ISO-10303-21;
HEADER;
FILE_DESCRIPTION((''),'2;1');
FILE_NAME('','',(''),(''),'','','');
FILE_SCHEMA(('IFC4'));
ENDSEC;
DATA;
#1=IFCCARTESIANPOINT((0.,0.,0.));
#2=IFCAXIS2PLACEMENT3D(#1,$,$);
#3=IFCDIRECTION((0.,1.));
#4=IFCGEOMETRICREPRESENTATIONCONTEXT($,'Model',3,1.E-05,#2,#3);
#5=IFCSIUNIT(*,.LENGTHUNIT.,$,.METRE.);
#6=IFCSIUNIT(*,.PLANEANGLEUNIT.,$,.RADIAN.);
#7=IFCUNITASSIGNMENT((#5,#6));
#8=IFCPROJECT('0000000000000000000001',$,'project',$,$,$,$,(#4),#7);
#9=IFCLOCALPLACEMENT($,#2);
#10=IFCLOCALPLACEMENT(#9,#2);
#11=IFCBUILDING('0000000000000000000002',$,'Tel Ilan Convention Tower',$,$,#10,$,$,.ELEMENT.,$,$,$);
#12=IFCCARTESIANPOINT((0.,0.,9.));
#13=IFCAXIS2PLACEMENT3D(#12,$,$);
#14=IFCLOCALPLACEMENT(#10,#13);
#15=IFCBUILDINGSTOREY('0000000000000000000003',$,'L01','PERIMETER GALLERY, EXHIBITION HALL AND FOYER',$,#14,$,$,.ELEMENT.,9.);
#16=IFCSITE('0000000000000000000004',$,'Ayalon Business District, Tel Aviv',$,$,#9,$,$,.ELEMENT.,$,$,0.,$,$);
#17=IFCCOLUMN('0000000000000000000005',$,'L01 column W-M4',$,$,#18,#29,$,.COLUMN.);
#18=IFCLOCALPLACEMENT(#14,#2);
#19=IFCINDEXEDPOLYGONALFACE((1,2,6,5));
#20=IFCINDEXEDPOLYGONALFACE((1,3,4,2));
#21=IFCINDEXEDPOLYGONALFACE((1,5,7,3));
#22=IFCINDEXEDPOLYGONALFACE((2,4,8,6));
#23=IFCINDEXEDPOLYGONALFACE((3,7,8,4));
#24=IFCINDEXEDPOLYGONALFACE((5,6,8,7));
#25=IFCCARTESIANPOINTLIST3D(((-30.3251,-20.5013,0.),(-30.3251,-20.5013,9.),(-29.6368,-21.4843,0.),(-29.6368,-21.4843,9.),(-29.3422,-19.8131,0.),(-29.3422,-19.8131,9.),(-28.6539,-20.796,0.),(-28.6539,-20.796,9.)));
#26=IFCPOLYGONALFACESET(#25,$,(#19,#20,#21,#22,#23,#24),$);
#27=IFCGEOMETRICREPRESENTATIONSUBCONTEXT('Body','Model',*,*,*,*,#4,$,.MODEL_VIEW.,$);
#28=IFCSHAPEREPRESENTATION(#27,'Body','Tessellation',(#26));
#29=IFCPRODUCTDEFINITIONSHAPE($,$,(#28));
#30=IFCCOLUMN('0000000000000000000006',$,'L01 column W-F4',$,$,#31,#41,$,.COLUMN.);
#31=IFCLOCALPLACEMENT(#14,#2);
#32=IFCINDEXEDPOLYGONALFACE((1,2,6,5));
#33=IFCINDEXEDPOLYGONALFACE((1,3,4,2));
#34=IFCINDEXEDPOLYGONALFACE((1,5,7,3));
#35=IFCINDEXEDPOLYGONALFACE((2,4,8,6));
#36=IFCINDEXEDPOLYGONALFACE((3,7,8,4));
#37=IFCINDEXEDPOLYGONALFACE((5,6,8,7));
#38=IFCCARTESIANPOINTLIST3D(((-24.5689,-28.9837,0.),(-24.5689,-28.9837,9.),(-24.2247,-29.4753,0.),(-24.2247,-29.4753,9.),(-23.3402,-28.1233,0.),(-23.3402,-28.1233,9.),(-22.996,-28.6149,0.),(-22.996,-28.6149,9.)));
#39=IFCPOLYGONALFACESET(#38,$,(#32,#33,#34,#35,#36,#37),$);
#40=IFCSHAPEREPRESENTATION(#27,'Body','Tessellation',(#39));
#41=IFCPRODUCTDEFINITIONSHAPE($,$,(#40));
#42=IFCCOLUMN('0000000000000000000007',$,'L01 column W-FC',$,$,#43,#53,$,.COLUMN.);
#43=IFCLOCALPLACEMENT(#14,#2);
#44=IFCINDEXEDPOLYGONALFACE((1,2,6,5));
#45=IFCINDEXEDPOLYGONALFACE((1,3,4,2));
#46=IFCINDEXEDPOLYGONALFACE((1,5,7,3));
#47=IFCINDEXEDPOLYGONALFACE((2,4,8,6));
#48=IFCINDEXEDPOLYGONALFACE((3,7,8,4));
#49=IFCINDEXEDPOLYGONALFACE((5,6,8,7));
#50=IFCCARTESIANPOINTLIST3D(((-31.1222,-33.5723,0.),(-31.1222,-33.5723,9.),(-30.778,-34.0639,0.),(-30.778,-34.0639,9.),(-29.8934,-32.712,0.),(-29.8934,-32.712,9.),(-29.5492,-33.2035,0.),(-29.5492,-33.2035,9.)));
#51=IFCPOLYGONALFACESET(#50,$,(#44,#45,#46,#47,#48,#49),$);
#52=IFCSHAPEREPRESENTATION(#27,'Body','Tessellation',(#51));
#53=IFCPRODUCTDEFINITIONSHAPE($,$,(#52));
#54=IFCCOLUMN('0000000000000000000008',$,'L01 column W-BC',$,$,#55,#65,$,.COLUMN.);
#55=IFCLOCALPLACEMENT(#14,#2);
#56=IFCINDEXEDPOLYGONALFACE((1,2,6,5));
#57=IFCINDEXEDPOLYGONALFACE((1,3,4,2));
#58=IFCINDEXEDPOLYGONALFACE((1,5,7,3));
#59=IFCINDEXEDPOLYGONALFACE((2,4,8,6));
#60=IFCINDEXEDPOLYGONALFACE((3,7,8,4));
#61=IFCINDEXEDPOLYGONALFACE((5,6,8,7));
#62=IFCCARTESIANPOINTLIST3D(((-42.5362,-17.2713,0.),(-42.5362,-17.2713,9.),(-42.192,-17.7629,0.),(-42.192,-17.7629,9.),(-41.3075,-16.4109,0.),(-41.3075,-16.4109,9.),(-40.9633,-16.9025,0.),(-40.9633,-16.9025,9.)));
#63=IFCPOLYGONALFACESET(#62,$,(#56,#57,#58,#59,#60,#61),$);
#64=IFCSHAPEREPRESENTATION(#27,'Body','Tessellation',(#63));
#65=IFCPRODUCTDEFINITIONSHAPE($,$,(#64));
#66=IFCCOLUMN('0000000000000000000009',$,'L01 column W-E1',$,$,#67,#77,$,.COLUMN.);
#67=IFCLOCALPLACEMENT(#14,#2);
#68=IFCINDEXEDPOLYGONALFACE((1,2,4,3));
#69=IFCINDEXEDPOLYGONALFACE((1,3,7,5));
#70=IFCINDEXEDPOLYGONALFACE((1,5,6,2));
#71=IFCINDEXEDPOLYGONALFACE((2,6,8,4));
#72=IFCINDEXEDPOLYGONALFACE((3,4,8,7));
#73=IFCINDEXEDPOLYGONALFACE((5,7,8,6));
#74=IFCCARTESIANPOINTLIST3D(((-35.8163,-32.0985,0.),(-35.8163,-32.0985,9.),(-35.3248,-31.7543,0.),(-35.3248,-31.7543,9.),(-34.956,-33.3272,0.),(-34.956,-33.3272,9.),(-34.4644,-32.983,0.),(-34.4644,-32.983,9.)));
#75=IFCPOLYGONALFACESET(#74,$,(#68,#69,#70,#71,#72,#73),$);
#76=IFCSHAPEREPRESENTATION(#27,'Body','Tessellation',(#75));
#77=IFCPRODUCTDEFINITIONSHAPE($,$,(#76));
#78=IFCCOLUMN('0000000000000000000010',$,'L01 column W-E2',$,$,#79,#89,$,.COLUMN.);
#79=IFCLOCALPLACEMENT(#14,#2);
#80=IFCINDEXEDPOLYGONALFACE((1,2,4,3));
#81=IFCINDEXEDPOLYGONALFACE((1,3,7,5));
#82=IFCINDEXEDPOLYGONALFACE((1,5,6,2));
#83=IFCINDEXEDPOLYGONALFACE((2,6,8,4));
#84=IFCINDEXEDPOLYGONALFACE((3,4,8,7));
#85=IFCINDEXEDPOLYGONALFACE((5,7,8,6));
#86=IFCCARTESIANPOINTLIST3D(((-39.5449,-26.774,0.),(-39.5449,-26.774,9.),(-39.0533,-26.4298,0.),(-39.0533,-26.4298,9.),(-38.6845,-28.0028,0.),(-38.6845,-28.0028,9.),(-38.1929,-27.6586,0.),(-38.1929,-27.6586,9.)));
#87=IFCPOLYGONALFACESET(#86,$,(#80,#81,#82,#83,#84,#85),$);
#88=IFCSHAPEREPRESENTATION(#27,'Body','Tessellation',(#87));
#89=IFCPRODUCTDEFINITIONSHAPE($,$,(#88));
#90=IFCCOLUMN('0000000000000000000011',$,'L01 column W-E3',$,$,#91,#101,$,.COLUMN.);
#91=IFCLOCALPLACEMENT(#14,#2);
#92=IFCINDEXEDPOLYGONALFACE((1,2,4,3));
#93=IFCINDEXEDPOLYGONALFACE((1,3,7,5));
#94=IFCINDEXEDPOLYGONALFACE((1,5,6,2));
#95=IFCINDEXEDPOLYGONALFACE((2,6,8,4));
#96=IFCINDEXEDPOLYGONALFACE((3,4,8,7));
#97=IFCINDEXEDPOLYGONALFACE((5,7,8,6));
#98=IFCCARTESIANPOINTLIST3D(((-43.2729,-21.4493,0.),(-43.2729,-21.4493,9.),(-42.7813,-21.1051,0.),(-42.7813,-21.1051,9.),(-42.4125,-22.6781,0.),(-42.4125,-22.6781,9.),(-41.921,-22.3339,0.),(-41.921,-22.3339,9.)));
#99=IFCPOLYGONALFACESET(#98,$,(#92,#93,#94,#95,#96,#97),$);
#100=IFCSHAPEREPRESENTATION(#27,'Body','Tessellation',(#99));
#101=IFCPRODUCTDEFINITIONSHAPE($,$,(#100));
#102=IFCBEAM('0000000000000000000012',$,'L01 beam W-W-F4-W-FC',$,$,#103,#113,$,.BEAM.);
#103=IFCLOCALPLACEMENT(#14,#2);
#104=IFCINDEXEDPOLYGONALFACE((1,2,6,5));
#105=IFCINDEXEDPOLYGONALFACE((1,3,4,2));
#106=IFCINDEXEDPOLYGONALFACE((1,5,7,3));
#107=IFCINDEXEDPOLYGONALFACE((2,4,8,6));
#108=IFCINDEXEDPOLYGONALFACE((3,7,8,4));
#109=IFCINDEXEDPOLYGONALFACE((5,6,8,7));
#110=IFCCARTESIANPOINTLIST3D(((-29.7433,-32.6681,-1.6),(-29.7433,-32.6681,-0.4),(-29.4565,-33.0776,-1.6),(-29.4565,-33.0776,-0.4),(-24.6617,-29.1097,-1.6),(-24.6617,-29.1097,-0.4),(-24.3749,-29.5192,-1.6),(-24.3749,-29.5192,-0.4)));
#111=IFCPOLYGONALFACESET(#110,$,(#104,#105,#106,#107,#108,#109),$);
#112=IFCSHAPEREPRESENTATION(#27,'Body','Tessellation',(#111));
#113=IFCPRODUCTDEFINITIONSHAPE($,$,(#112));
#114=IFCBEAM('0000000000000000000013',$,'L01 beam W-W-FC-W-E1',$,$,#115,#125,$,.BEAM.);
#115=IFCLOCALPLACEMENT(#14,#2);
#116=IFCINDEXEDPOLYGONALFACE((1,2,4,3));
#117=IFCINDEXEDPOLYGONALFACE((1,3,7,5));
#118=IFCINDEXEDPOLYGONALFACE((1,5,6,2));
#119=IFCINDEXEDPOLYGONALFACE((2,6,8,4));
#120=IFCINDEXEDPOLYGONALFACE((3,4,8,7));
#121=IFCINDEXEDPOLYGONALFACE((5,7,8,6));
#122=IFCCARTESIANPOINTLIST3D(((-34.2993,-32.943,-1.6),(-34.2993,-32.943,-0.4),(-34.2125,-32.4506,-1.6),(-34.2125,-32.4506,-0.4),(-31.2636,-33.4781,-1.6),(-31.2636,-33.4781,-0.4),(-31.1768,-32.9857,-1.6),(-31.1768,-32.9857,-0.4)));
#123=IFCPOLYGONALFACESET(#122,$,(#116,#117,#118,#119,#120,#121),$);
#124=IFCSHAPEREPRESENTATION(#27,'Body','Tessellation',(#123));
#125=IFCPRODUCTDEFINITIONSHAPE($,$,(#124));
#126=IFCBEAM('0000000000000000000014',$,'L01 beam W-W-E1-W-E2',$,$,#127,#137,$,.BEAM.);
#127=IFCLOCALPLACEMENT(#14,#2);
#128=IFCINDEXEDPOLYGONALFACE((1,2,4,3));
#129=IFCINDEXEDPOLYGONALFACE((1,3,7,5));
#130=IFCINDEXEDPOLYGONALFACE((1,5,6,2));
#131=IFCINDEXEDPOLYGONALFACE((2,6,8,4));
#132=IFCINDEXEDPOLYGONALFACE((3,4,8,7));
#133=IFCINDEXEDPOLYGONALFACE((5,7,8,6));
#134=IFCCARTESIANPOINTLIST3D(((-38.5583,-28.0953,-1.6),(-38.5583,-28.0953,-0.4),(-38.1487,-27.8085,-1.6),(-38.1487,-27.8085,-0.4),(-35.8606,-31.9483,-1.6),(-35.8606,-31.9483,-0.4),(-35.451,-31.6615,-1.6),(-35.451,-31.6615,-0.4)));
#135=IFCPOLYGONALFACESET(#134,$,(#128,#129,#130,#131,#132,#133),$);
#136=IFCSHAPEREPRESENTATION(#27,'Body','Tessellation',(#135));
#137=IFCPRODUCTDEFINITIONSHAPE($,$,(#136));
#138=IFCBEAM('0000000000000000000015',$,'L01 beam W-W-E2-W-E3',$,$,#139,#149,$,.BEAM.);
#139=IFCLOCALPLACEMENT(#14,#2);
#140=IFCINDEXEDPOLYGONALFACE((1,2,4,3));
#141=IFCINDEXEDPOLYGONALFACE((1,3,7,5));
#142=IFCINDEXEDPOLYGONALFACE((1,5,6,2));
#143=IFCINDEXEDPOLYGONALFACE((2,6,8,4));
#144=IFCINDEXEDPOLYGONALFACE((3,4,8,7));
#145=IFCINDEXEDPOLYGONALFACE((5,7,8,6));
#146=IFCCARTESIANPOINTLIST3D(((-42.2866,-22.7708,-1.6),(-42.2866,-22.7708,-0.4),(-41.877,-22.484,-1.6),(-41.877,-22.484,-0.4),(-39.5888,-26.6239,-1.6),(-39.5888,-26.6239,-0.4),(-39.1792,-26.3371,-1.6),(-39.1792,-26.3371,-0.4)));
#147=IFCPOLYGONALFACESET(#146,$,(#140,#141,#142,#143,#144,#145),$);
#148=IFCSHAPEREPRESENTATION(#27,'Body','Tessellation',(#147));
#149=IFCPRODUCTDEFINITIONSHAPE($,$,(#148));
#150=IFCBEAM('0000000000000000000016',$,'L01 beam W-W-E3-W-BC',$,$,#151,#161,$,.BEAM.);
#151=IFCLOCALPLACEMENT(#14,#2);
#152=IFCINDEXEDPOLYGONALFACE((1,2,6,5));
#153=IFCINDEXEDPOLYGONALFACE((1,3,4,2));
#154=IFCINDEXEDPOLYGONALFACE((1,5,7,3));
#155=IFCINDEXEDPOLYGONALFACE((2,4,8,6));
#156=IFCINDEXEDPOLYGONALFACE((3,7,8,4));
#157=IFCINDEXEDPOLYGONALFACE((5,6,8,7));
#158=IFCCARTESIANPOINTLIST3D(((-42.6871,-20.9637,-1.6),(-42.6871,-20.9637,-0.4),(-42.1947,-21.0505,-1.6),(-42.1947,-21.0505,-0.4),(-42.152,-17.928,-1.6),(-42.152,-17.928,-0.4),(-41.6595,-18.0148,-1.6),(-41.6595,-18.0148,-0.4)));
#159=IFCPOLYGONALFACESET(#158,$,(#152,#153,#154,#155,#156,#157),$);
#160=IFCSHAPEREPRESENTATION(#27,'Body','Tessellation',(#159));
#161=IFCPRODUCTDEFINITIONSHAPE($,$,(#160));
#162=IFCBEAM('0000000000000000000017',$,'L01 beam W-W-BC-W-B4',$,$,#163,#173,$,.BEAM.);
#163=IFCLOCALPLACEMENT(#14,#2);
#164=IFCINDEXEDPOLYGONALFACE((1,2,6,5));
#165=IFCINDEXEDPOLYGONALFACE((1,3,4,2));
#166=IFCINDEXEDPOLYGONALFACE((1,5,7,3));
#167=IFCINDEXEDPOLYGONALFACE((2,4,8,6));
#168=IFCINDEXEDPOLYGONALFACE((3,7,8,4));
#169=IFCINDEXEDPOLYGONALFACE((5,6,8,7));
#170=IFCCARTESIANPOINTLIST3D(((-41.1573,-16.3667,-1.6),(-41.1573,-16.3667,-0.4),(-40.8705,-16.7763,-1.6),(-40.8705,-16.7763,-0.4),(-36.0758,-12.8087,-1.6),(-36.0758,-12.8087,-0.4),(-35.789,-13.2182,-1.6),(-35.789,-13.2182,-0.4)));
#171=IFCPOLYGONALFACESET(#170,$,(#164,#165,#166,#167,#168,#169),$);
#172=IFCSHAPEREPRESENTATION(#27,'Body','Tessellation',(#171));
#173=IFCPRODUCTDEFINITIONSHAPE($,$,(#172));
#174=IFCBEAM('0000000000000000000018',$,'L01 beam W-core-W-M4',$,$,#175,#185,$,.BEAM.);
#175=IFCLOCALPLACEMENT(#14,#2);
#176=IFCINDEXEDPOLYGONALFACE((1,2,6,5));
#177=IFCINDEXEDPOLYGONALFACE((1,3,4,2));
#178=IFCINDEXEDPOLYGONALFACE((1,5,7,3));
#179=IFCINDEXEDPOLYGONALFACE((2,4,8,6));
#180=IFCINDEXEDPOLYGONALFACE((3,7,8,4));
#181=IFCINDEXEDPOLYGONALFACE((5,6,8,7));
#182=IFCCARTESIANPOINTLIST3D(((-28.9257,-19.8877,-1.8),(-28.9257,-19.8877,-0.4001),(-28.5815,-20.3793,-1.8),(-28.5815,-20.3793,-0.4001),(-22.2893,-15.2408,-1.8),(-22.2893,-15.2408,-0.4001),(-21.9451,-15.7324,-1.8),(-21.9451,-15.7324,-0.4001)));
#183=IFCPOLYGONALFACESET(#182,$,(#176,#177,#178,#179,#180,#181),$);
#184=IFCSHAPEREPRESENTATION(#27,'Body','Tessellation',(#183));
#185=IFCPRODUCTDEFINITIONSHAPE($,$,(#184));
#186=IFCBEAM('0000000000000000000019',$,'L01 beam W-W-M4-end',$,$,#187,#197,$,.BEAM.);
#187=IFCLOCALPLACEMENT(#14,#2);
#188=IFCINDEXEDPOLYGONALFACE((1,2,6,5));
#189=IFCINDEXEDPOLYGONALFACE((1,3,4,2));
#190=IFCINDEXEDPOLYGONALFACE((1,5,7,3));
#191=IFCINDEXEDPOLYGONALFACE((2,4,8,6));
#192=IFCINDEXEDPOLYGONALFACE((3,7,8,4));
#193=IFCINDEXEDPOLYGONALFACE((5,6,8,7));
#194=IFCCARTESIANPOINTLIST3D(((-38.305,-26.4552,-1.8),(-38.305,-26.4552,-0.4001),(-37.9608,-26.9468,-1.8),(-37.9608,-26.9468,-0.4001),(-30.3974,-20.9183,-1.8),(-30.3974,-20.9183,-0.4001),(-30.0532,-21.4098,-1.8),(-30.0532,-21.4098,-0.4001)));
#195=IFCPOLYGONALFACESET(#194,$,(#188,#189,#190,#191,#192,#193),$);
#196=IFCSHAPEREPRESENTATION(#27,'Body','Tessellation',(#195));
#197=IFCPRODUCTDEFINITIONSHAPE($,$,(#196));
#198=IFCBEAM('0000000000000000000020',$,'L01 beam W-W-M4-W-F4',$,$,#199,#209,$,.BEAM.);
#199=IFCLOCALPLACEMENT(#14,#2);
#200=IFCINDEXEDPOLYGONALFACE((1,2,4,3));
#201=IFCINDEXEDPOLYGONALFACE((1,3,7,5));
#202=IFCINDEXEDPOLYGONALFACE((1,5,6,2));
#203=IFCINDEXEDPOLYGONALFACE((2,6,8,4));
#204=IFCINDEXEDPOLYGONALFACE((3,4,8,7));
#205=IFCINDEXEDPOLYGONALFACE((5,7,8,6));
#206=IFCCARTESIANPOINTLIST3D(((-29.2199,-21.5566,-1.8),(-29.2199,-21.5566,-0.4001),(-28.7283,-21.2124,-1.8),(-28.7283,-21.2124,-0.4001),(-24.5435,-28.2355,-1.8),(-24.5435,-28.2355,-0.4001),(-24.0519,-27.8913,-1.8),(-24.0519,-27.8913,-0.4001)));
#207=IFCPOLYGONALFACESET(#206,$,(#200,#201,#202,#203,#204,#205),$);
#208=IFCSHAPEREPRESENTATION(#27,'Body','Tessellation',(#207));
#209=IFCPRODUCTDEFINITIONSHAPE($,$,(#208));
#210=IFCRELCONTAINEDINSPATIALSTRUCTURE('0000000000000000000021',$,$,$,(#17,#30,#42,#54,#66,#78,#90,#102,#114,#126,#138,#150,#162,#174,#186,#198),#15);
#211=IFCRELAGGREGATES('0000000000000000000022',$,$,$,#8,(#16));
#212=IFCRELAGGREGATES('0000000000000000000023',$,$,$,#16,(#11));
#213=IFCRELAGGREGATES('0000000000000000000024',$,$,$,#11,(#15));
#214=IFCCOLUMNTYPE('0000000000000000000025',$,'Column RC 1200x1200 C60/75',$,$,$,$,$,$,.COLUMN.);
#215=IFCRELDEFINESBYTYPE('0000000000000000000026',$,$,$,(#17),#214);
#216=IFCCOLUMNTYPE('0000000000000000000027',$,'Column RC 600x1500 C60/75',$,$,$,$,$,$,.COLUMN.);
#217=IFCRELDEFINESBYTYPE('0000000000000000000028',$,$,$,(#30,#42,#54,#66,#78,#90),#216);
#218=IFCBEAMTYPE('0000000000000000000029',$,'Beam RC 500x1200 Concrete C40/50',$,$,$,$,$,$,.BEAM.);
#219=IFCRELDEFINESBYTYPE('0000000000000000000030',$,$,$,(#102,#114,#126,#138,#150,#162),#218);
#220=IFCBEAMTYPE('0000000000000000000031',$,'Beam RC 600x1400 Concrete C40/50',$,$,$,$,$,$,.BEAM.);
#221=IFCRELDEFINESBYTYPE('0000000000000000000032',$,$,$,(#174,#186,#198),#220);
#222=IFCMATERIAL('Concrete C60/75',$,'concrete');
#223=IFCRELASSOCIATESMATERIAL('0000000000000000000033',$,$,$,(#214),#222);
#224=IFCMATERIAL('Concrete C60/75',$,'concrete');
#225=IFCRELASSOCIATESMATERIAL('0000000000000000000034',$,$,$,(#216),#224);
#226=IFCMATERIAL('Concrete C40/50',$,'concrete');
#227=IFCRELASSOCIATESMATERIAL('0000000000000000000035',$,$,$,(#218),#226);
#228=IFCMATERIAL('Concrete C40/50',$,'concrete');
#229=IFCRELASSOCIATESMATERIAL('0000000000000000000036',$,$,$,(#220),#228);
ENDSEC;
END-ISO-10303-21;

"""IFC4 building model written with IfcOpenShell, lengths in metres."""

from ifc_helpers import new_model, si_unit, direction, frame, origin, origin_2d, place, context, subcontext, project, spatial, rectangle, extrude, material, material_profile, profile_set, type_object, element, save


model = new_model("IFC4")

# Units and contexts
model_context = context("Model", 3, precision=1e-05, world=origin(), true_north=direction((0.0, 1.0)))
body_context = subcontext(model_context, "Body", "Model", "MODEL_VIEW")
ifc_project = project(units=[si_unit("LENGTHUNIT", "METRE"), si_unit("PLANEANGLEUNIT", "RADIAN")], contexts=[model_context])

# Site, building, storey
site_placement = place(None, origin())
site = spatial("IfcSite", under=ifc_project, at=site_placement, Name="Ayalon Business District, Tel Aviv", CompositionType="ELEMENT", RefElevation=0.0)
building_placement = place(site_placement, origin())
building = spatial("IfcBuilding", under=site, at=building_placement, Name="Tel Ilan Convention Tower", CompositionType="ELEMENT")
storey_placement = place(building_placement, frame((0.0, 0.0, 9.0)))
storey = spatial("IfcBuildingStorey", under=building, at=storey_placement, Name="L01", Description="PERIMETER GALLERY, EXHIBITION HALL AND FOYER", CompositionType="ELEMENT", Elevation=9.0)

# Columns
ifc_material_1 = material(Name="Concrete C60/75", Category="concrete")
ifc_material_profile_1 = material_profile(ifc_material_1, rectangle(XDim=1.2, YDim=1.2, at=origin_2d()), Name="RC 1200x1200")
ifc_profile_set_1 = profile_set([ifc_material_profile_1], Name="Concrete C60/75")
column_type_1 = type_object("IfcColumnType", Name="Column RC 1200x1200 C60/75", PredefinedType="COLUMN", material=ifc_profile_set_1)
column_placement = place(storey_placement, frame((-29.4895, -20.6487, 0.0), z_axis=(0.0, 0.0, 1.0), x_axis=(-0.819152, -0.573576, 0.0)))
element("IfcColumn", 1, at=column_placement, inside=storey, type_object=column_type_1, Name="L01 column W-M4", PredefinedType="COLUMN", context=body_context, shape_type="SweptSolid", body=[
    extrude(rectangle(XDim=1.2, YDim=1.2, at=origin_2d()), origin(), (0.0, 0.0, 1.0), 9.0),
])
ifc_material_2 = material(Name="Concrete C60/75", Category="concrete")
ifc_material_profile_2 = material_profile(ifc_material_2, rectangle(XDim=1.5, YDim=0.6001, at=origin_2d()), Name="RC 600x1500")
ifc_profile_set_2 = profile_set([ifc_material_profile_2], Name="Concrete C60/75")
column_type_2 = type_object("IfcColumnType", Name="Column RC 600x1500 C60/75", PredefinedType="COLUMN", material=ifc_profile_set_2)
for number, where, z_axis, x_axis, name in (
    (2, (-23.7825, -28.7993, 0.0), (0.0, 0.0, 1.0), (-0.819152, -0.573576, 0.0), "L01 column W-F4"),
    (3, (-30.3357, -33.3879, 0.0), (0.0, 0.0, 1.0), (-0.819152, -0.573576, 0.0), "L01 column W-FC"),
    (4, (-41.7498, -17.0869, 0.0), (0.0, 0.0, 1.0), (-0.819152, -0.573576, 0.0), "L01 column W-BC"),
    (5, (-35.1404, -32.5408, 0.0), (0.0, 0.0, 1.0), (-0.573576, 0.819152, 0.0), "L01 column W-E1"),
    (6, (-38.8689, -27.2163, 0.0), (0.0, 0.0, 1.0), (-0.573576, 0.819152, 0.0), "L01 column W-E2"),
    (7, (-42.5969, -21.8916, 0.0), (0.0, 0.0, 1.0), (-0.573576, 0.819152, 0.0), "L01 column W-E3"),
):
    element("IfcColumn", number, at=place(storey_placement, frame(where, z_axis=z_axis, x_axis=x_axis)), inside=storey, type_object=column_type_2, Name=name, PredefinedType="COLUMN", context=body_context, shape_type="SweptSolid", body=[
        extrude(rectangle(XDim=1.5, YDim=0.6001, at=origin_2d()), origin(), (0.0, 0.0, 1.0), 9.0),
    ])

# Beams
ifc_material_3 = material(Name="Concrete C40/50", Category="concrete")
ifc_material_profile_3 = material_profile(ifc_material_3, rectangle(XDim=0.5, YDim=1.2, at=origin_2d()), Name="RC 500x1200")
ifc_profile_set_3 = profile_set([ifc_material_profile_3], Name="Concrete C40/50")
beam_type_1 = type_object("IfcBeamType", Name="Beam RC 500x1200 Concrete C40/50", PredefinedType="BEAM", material=ifc_profile_set_3)
beam_1_placement = place(storey_placement, frame((-24.5183, -29.3145, -1.0), z_axis=(-0.819136, -0.5736, 0.0), x_axis=(0.5736, -0.819136, 0.0)))
element("IfcBeam", 8, at=beam_1_placement, inside=storey, type_object=beam_type_1, Name="L01 beam W-W-F4-W-FC", PredefinedType="BEAM", context=body_context, shape_type="SweptSolid", body=[
    extrude(rectangle(XDim=0.5, YDim=1.2, at=origin_2d()), origin(), (0.0, 0.0, 1.0), 6.2036),
])
beam_2_placement = place(storey_placement, frame((-31.2202, -33.2319, -1.0), z_axis=(-0.984814, 0.173614, 0.0), x_axis=(-0.173614, -0.984814, 0.0)))
element("IfcBeam", 9, at=beam_2_placement, inside=storey, type_object=beam_type_1, Name="L01 beam W-W-FC-W-E1", PredefinedType="BEAM", context=body_context, shape_type="SweptSolid", body=[
    extrude(rectangle(XDim=0.5, YDim=1.2, at=origin_2d()), origin(), (0.0, 0.0, 1.0), 3.0825),
])
for number, where, z_axis, x_axis, name in (
    (10, (-35.6558, -31.8049, -1.0), (-0.573553, 0.819169, 0.0), (-0.819169, -0.573553, 0.0), "L01 beam W-W-E1-W-E2"),
    (11, (-39.384, -26.4805, -1.0), (-0.573553, 0.819169, 0.0), (-0.819169, -0.573553, 0.0), "L01 beam W-W-E2-W-E3"),
):
    element("IfcBeam", number, at=place(storey_placement, frame(where, z_axis=z_axis, x_axis=x_axis)), inside=storey, type_object=beam_type_1, Name=name, PredefinedType="BEAM", context=body_context, shape_type="SweptSolid", body=[
        extrude(rectangle(XDim=0.5, YDim=1.2, at=origin_2d()), origin(), (0.0, 0.0, 1.0), 4.7036),
    ])
beam_3_placement = place(storey_placement, frame((-42.4409, -21.0071, -1.0), z_axis=(0.173614, 0.984814, 0.0), x_axis=(-0.984814, 0.173614, 0.0)))
element("IfcBeam", 12, at=beam_3_placement, inside=storey, type_object=beam_type_1, Name="L01 beam W-W-E3-W-BC", PredefinedType="BEAM", context=body_context, shape_type="SweptSolid", body=[
    extrude(rectangle(XDim=0.5, YDim=1.2, at=origin_2d()), origin(), (0.0, 0.0, 1.0), 3.0825),
])
beam_4_placement = place(storey_placement, frame((-41.0139, -16.5715, -1.0), z_axis=(0.819154, 0.573573, 0.0), x_axis=(-0.573573, 0.819154, 0.0)))
element("IfcBeam", 13, at=beam_4_placement, inside=storey, type_object=beam_type_1, Name="L01 beam W-W-BC-W-B4", PredefinedType="BEAM", context=body_context, shape_type="SweptSolid", body=[
    extrude(rectangle(XDim=0.5, YDim=1.2, at=origin_2d()), origin(), (0.0, 0.0, 1.0), 6.2034),
])
ifc_material_4 = material(Name="Concrete C40/50", Category="concrete")
ifc_material_profile_4 = material_profile(ifc_material_4, rectangle(XDim=0.6001, YDim=1.3999, at=origin_2d()), Name="RC 600x1400")
ifc_profile_set_4 = profile_set([ifc_material_profile_4], Name="Concrete C40/50")
beam_type_2 = type_object("IfcBeamType", Name="Beam RC 600x1400 Concrete C40/50", PredefinedType="BEAM", material=ifc_profile_set_4)
beam_5_placement = place(storey_placement, frame((-22.1172, -15.4866, -1.1001), z_axis=(-0.819148, -0.573582, 0.0), x_axis=(0.573582, -0.819148, 0.0)))
element("IfcBeam", 14, at=beam_5_placement, inside=storey, type_object=beam_type_2, Name="L01 beam W-core-W-M4", PredefinedType="BEAM", context=body_context, shape_type="SweptSolid", body=[
    extrude(rectangle(XDim=0.6001, YDim=1.3999, at=origin_2d()), origin(), (0.0, 0.0, 1.0), 8.1016),
])
beam_6_placement = place(storey_placement, frame((-30.2253, -21.1641, -1.1001), z_axis=(-0.819152, -0.573576, 0.0), x_axis=(0.573576, -0.819152, 0.0)))
element("IfcBeam", 15, at=beam_6_placement, inside=storey, type_object=beam_type_2, Name="L01 beam W-W-M4-end", PredefinedType="BEAM", context=body_context, shape_type="SweptSolid", body=[
    extrude(rectangle(XDim=0.6001, YDim=1.3999, at=origin_2d()), origin(), (0.0, 0.0, 1.0), 9.6533),
])
beam_7_placement = place(storey_placement, frame((-28.9741, -21.3845, -1.1001), z_axis=(0.573565, -0.81916, 0.0), x_axis=(0.81916, 0.573565, 0.0)))
element("IfcBeam", 16, at=beam_7_placement, inside=storey, type_object=beam_type_2, Name="L01 beam W-W-M4-W-F4", PredefinedType="BEAM", context=body_context, shape_type="SweptSolid", body=[
    extrude(rectangle(XDim=0.6001, YDim=1.3999, at=origin_2d()), origin(), (0.0, 0.0, 1.0), 8.1533),
])

save(model, "model.ifc")
